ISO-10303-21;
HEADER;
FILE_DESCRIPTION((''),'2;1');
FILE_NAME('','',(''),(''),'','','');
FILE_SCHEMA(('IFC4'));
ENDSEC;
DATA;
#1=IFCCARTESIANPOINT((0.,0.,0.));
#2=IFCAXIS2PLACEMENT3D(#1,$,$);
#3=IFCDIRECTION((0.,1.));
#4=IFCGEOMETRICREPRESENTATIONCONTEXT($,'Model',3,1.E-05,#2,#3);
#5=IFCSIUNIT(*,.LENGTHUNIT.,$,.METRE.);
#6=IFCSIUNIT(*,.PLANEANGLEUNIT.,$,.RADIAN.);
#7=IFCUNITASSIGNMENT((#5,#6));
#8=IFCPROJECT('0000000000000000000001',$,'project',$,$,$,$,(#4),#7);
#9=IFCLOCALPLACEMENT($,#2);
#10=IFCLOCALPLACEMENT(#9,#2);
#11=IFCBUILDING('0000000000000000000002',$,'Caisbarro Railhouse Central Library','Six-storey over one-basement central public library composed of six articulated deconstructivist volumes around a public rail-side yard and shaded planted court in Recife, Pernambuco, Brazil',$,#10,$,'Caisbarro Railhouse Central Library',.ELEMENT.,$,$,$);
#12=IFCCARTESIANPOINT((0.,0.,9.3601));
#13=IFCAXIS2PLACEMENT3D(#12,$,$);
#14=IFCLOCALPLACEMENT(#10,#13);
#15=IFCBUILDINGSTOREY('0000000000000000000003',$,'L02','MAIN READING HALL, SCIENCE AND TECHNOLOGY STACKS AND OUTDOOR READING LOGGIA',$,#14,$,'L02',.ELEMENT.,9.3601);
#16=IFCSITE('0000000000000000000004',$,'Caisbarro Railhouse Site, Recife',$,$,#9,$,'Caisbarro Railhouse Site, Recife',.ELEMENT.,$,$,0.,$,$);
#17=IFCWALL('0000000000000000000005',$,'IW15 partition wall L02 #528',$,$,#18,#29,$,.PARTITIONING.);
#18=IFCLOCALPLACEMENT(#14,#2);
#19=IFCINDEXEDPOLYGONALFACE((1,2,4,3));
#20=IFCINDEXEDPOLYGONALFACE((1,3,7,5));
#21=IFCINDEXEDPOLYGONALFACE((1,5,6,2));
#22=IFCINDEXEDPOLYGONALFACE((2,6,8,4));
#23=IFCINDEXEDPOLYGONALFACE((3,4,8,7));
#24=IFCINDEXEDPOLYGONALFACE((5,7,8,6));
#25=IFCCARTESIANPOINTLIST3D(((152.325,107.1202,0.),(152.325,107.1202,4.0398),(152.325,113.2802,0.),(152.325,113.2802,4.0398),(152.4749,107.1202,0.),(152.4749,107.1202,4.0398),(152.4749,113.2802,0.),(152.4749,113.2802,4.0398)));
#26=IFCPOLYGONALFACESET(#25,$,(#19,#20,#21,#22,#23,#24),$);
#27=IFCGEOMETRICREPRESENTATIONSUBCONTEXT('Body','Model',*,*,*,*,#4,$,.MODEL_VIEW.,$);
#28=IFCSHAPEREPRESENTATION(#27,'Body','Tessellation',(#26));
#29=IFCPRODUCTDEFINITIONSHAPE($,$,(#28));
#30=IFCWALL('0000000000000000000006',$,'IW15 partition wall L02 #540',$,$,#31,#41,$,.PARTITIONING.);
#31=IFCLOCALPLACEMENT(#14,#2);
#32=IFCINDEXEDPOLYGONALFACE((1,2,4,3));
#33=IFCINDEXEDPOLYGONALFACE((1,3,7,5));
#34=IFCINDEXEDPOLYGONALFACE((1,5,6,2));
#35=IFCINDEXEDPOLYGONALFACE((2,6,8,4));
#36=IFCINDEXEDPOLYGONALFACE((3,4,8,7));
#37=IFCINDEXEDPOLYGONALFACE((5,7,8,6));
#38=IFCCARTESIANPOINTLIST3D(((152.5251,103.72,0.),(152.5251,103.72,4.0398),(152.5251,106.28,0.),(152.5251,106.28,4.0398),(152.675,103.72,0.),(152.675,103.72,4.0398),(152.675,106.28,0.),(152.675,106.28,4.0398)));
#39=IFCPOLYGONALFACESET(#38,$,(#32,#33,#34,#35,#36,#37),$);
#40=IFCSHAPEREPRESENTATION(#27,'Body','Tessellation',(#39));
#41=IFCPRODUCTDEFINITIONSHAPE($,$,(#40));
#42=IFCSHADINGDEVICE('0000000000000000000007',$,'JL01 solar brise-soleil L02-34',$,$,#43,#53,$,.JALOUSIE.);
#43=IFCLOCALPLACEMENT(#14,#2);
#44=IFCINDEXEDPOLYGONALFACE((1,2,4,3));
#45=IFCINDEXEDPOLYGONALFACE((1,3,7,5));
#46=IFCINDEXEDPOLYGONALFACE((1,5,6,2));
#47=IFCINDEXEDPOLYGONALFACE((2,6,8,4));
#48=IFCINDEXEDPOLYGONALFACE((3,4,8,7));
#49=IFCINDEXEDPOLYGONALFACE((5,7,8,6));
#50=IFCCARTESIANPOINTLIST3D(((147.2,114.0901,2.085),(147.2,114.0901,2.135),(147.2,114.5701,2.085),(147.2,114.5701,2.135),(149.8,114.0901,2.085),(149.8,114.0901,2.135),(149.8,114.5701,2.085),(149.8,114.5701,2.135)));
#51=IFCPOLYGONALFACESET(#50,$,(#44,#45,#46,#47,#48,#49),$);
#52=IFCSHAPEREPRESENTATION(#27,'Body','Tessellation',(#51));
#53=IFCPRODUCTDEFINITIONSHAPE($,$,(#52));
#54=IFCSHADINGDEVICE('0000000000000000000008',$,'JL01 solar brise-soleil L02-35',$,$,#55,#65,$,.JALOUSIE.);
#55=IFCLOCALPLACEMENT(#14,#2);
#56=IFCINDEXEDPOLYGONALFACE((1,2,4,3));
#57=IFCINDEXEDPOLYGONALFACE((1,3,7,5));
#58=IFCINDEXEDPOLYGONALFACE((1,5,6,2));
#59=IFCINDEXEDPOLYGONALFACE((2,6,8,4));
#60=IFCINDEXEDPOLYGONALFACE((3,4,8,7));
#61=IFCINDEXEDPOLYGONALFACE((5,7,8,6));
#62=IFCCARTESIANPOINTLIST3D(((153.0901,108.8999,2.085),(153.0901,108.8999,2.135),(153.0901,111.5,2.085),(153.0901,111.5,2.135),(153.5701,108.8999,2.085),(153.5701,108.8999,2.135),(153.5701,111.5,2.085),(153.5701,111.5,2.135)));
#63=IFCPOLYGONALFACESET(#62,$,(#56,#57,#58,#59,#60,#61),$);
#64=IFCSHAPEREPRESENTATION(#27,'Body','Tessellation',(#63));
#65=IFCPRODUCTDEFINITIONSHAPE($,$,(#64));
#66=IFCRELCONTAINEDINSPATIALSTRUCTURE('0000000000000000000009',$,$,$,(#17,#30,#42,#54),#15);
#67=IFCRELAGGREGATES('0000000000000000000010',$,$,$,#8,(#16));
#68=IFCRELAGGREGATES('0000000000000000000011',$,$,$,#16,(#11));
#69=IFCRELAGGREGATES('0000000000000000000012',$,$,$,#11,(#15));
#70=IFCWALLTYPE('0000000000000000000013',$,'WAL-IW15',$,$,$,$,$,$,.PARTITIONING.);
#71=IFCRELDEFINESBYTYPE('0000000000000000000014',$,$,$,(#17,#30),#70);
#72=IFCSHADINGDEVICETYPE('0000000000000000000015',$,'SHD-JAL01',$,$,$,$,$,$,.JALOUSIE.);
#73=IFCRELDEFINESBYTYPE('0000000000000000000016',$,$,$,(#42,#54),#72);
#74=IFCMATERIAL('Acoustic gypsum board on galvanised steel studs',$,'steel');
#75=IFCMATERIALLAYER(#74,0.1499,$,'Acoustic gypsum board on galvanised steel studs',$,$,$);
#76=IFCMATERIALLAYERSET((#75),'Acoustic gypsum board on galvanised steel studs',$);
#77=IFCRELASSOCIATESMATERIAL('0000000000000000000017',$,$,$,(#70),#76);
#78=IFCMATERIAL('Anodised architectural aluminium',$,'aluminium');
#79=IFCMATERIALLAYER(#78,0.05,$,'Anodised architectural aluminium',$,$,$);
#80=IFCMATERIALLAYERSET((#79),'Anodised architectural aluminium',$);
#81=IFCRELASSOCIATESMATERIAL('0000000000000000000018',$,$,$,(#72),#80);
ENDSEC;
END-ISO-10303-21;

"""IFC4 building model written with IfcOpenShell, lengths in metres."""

from ifc_helpers import new_model, si_unit, direction, frame, frame_2d, origin, origin_2d, place, context, subcontext, project, spatial, rectangle, extrude, material, layer, layer_set, type_object, element, save


model = new_model("IFC4")

# Units and contexts
model_context = context("Model", 3, precision=1e-05, world=origin(), true_north=direction((0.0, 1.0)))
body_context = subcontext(model_context, "Body", "Model", "MODEL_VIEW")
ifc_project = project(units=[si_unit("LENGTHUNIT", "METRE"), si_unit("PLANEANGLEUNIT", "RADIAN")], contexts=[model_context])

# Site, building, storey
site_placement = place(None, origin())
site = spatial("IfcSite", under=ifc_project, at=site_placement, Name="Caisbarro Railhouse Site, Recife", LongName="Caisbarro Railhouse Site, Recife", CompositionType="ELEMENT", RefElevation=0.0)
building_placement = place(site_placement, origin())
building = spatial("IfcBuilding", under=site, at=building_placement, Name="Caisbarro Railhouse Central Library", Description="Six-storey over one-basement central public library composed of six articulated deconstructivist volumes around a public rail-side yard and shaded planted court in Recife, Pernambuco, Brazil", LongName="Caisbarro Railhouse Central Library", CompositionType="ELEMENT")
storey_placement = place(building_placement, frame((0.0, 0.0, 9.3601)))
storey = spatial("IfcBuildingStorey", under=building, at=storey_placement, Name="L02", Description="MAIN READING HALL, SCIENCE AND TECHNOLOGY STACKS AND OUTDOOR READING LOGGIA", LongName="L02", CompositionType="ELEMENT", Elevation=9.3601)

# Shared definitions
ifc_material_1 = material(Name="Anodised architectural aluminium", Category="aluminium")

# Shared definitions
ifc_material_2 = material(Name="Acoustic gypsum board on galvanised steel studs", Category="steel")

# Walls
ifc_layer_1 = layer(ifc_material_2, 0.1499, Name="Acoustic gypsum board on galvanised steel studs")
ifc_layer_set_1 = layer_set([ifc_layer_1], Name="Acoustic gypsum board on galvanised steel studs")
wall_type_1 = type_object("IfcWallType", Name="WAL-IW15", PredefinedType="PARTITIONING", material=ifc_layer_set_1)
wall_1_placement = place(storey_placement, frame((152.3999, 107.1201, 0.0), z_axis=(0.0, 0.0, 1.0), x_axis=(0.0, 1.0, 0.0)))
element("IfcWall", 1, at=wall_1_placement, inside=storey, type_object=wall_type_1, Name="IW15 partition wall L02 #528", PredefinedType="PARTITIONING", context=body_context, shape_type="SweptSolid", body=[
    extrude(rectangle(XDim=6.1599, YDim=0.1499, at=frame_2d((3.0801, 0.0))), origin(), (0.0, 0.0, 1.0), 4.0398),
])
wall_2_placement = place(storey_placement, frame((152.6001, 103.72, 0.0), z_axis=(0.0, 0.0, 1.0), x_axis=(0.0, 1.0, 0.0)))
element("IfcWall", 2, at=wall_2_placement, inside=storey, type_object=wall_type_1, Name="IW15 partition wall L02 #540", PredefinedType="PARTITIONING", context=body_context, shape_type="SweptSolid", body=[
    extrude(rectangle(XDim=2.5601, YDim=0.1499, at=frame_2d((1.28, 0.0))), origin(), (0.0, 0.0, 1.0), 4.0398),
])

# Shading devices
ifc_layer_2 = layer(ifc_material_1, 0.05, Name="Anodised architectural aluminium")
ifc_layer_set_2 = layer_set([ifc_layer_2], Name="Anodised architectural aluminium")
shading_device_type = type_object("IfcShadingDeviceType", Name="SHD-JAL01", PredefinedType="JALOUSIE", material=ifc_layer_set_2)
for number, where, z_axis, x_axis, name in (
    (3, (148.5, 114.3301, 2.085), (0.0, 0.0, 1.0), (1.0, 0.0, 0.0), "JL01 solar brise-soleil L02-34"),
    (4, (153.3301, 110.2, 2.085), (0.0, 0.0, 1.0), (0.0, 1.0, 0.0), "JL01 solar brise-soleil L02-35"),
):
    element("IfcShadingDevice", number, at=place(storey_placement, frame(where, z_axis=z_axis, x_axis=x_axis)), inside=storey, type_object=shading_device_type, Name=name, PredefinedType="JALOUSIE", context=body_context, shape_type="SweptSolid", body=[
        extrude(rectangle(XDim=2.6001, YDim=0.48, at=origin_2d()), origin(), (0.0, 0.0, 1.0), 0.05),
    ])

save(model, "model.ifc")
